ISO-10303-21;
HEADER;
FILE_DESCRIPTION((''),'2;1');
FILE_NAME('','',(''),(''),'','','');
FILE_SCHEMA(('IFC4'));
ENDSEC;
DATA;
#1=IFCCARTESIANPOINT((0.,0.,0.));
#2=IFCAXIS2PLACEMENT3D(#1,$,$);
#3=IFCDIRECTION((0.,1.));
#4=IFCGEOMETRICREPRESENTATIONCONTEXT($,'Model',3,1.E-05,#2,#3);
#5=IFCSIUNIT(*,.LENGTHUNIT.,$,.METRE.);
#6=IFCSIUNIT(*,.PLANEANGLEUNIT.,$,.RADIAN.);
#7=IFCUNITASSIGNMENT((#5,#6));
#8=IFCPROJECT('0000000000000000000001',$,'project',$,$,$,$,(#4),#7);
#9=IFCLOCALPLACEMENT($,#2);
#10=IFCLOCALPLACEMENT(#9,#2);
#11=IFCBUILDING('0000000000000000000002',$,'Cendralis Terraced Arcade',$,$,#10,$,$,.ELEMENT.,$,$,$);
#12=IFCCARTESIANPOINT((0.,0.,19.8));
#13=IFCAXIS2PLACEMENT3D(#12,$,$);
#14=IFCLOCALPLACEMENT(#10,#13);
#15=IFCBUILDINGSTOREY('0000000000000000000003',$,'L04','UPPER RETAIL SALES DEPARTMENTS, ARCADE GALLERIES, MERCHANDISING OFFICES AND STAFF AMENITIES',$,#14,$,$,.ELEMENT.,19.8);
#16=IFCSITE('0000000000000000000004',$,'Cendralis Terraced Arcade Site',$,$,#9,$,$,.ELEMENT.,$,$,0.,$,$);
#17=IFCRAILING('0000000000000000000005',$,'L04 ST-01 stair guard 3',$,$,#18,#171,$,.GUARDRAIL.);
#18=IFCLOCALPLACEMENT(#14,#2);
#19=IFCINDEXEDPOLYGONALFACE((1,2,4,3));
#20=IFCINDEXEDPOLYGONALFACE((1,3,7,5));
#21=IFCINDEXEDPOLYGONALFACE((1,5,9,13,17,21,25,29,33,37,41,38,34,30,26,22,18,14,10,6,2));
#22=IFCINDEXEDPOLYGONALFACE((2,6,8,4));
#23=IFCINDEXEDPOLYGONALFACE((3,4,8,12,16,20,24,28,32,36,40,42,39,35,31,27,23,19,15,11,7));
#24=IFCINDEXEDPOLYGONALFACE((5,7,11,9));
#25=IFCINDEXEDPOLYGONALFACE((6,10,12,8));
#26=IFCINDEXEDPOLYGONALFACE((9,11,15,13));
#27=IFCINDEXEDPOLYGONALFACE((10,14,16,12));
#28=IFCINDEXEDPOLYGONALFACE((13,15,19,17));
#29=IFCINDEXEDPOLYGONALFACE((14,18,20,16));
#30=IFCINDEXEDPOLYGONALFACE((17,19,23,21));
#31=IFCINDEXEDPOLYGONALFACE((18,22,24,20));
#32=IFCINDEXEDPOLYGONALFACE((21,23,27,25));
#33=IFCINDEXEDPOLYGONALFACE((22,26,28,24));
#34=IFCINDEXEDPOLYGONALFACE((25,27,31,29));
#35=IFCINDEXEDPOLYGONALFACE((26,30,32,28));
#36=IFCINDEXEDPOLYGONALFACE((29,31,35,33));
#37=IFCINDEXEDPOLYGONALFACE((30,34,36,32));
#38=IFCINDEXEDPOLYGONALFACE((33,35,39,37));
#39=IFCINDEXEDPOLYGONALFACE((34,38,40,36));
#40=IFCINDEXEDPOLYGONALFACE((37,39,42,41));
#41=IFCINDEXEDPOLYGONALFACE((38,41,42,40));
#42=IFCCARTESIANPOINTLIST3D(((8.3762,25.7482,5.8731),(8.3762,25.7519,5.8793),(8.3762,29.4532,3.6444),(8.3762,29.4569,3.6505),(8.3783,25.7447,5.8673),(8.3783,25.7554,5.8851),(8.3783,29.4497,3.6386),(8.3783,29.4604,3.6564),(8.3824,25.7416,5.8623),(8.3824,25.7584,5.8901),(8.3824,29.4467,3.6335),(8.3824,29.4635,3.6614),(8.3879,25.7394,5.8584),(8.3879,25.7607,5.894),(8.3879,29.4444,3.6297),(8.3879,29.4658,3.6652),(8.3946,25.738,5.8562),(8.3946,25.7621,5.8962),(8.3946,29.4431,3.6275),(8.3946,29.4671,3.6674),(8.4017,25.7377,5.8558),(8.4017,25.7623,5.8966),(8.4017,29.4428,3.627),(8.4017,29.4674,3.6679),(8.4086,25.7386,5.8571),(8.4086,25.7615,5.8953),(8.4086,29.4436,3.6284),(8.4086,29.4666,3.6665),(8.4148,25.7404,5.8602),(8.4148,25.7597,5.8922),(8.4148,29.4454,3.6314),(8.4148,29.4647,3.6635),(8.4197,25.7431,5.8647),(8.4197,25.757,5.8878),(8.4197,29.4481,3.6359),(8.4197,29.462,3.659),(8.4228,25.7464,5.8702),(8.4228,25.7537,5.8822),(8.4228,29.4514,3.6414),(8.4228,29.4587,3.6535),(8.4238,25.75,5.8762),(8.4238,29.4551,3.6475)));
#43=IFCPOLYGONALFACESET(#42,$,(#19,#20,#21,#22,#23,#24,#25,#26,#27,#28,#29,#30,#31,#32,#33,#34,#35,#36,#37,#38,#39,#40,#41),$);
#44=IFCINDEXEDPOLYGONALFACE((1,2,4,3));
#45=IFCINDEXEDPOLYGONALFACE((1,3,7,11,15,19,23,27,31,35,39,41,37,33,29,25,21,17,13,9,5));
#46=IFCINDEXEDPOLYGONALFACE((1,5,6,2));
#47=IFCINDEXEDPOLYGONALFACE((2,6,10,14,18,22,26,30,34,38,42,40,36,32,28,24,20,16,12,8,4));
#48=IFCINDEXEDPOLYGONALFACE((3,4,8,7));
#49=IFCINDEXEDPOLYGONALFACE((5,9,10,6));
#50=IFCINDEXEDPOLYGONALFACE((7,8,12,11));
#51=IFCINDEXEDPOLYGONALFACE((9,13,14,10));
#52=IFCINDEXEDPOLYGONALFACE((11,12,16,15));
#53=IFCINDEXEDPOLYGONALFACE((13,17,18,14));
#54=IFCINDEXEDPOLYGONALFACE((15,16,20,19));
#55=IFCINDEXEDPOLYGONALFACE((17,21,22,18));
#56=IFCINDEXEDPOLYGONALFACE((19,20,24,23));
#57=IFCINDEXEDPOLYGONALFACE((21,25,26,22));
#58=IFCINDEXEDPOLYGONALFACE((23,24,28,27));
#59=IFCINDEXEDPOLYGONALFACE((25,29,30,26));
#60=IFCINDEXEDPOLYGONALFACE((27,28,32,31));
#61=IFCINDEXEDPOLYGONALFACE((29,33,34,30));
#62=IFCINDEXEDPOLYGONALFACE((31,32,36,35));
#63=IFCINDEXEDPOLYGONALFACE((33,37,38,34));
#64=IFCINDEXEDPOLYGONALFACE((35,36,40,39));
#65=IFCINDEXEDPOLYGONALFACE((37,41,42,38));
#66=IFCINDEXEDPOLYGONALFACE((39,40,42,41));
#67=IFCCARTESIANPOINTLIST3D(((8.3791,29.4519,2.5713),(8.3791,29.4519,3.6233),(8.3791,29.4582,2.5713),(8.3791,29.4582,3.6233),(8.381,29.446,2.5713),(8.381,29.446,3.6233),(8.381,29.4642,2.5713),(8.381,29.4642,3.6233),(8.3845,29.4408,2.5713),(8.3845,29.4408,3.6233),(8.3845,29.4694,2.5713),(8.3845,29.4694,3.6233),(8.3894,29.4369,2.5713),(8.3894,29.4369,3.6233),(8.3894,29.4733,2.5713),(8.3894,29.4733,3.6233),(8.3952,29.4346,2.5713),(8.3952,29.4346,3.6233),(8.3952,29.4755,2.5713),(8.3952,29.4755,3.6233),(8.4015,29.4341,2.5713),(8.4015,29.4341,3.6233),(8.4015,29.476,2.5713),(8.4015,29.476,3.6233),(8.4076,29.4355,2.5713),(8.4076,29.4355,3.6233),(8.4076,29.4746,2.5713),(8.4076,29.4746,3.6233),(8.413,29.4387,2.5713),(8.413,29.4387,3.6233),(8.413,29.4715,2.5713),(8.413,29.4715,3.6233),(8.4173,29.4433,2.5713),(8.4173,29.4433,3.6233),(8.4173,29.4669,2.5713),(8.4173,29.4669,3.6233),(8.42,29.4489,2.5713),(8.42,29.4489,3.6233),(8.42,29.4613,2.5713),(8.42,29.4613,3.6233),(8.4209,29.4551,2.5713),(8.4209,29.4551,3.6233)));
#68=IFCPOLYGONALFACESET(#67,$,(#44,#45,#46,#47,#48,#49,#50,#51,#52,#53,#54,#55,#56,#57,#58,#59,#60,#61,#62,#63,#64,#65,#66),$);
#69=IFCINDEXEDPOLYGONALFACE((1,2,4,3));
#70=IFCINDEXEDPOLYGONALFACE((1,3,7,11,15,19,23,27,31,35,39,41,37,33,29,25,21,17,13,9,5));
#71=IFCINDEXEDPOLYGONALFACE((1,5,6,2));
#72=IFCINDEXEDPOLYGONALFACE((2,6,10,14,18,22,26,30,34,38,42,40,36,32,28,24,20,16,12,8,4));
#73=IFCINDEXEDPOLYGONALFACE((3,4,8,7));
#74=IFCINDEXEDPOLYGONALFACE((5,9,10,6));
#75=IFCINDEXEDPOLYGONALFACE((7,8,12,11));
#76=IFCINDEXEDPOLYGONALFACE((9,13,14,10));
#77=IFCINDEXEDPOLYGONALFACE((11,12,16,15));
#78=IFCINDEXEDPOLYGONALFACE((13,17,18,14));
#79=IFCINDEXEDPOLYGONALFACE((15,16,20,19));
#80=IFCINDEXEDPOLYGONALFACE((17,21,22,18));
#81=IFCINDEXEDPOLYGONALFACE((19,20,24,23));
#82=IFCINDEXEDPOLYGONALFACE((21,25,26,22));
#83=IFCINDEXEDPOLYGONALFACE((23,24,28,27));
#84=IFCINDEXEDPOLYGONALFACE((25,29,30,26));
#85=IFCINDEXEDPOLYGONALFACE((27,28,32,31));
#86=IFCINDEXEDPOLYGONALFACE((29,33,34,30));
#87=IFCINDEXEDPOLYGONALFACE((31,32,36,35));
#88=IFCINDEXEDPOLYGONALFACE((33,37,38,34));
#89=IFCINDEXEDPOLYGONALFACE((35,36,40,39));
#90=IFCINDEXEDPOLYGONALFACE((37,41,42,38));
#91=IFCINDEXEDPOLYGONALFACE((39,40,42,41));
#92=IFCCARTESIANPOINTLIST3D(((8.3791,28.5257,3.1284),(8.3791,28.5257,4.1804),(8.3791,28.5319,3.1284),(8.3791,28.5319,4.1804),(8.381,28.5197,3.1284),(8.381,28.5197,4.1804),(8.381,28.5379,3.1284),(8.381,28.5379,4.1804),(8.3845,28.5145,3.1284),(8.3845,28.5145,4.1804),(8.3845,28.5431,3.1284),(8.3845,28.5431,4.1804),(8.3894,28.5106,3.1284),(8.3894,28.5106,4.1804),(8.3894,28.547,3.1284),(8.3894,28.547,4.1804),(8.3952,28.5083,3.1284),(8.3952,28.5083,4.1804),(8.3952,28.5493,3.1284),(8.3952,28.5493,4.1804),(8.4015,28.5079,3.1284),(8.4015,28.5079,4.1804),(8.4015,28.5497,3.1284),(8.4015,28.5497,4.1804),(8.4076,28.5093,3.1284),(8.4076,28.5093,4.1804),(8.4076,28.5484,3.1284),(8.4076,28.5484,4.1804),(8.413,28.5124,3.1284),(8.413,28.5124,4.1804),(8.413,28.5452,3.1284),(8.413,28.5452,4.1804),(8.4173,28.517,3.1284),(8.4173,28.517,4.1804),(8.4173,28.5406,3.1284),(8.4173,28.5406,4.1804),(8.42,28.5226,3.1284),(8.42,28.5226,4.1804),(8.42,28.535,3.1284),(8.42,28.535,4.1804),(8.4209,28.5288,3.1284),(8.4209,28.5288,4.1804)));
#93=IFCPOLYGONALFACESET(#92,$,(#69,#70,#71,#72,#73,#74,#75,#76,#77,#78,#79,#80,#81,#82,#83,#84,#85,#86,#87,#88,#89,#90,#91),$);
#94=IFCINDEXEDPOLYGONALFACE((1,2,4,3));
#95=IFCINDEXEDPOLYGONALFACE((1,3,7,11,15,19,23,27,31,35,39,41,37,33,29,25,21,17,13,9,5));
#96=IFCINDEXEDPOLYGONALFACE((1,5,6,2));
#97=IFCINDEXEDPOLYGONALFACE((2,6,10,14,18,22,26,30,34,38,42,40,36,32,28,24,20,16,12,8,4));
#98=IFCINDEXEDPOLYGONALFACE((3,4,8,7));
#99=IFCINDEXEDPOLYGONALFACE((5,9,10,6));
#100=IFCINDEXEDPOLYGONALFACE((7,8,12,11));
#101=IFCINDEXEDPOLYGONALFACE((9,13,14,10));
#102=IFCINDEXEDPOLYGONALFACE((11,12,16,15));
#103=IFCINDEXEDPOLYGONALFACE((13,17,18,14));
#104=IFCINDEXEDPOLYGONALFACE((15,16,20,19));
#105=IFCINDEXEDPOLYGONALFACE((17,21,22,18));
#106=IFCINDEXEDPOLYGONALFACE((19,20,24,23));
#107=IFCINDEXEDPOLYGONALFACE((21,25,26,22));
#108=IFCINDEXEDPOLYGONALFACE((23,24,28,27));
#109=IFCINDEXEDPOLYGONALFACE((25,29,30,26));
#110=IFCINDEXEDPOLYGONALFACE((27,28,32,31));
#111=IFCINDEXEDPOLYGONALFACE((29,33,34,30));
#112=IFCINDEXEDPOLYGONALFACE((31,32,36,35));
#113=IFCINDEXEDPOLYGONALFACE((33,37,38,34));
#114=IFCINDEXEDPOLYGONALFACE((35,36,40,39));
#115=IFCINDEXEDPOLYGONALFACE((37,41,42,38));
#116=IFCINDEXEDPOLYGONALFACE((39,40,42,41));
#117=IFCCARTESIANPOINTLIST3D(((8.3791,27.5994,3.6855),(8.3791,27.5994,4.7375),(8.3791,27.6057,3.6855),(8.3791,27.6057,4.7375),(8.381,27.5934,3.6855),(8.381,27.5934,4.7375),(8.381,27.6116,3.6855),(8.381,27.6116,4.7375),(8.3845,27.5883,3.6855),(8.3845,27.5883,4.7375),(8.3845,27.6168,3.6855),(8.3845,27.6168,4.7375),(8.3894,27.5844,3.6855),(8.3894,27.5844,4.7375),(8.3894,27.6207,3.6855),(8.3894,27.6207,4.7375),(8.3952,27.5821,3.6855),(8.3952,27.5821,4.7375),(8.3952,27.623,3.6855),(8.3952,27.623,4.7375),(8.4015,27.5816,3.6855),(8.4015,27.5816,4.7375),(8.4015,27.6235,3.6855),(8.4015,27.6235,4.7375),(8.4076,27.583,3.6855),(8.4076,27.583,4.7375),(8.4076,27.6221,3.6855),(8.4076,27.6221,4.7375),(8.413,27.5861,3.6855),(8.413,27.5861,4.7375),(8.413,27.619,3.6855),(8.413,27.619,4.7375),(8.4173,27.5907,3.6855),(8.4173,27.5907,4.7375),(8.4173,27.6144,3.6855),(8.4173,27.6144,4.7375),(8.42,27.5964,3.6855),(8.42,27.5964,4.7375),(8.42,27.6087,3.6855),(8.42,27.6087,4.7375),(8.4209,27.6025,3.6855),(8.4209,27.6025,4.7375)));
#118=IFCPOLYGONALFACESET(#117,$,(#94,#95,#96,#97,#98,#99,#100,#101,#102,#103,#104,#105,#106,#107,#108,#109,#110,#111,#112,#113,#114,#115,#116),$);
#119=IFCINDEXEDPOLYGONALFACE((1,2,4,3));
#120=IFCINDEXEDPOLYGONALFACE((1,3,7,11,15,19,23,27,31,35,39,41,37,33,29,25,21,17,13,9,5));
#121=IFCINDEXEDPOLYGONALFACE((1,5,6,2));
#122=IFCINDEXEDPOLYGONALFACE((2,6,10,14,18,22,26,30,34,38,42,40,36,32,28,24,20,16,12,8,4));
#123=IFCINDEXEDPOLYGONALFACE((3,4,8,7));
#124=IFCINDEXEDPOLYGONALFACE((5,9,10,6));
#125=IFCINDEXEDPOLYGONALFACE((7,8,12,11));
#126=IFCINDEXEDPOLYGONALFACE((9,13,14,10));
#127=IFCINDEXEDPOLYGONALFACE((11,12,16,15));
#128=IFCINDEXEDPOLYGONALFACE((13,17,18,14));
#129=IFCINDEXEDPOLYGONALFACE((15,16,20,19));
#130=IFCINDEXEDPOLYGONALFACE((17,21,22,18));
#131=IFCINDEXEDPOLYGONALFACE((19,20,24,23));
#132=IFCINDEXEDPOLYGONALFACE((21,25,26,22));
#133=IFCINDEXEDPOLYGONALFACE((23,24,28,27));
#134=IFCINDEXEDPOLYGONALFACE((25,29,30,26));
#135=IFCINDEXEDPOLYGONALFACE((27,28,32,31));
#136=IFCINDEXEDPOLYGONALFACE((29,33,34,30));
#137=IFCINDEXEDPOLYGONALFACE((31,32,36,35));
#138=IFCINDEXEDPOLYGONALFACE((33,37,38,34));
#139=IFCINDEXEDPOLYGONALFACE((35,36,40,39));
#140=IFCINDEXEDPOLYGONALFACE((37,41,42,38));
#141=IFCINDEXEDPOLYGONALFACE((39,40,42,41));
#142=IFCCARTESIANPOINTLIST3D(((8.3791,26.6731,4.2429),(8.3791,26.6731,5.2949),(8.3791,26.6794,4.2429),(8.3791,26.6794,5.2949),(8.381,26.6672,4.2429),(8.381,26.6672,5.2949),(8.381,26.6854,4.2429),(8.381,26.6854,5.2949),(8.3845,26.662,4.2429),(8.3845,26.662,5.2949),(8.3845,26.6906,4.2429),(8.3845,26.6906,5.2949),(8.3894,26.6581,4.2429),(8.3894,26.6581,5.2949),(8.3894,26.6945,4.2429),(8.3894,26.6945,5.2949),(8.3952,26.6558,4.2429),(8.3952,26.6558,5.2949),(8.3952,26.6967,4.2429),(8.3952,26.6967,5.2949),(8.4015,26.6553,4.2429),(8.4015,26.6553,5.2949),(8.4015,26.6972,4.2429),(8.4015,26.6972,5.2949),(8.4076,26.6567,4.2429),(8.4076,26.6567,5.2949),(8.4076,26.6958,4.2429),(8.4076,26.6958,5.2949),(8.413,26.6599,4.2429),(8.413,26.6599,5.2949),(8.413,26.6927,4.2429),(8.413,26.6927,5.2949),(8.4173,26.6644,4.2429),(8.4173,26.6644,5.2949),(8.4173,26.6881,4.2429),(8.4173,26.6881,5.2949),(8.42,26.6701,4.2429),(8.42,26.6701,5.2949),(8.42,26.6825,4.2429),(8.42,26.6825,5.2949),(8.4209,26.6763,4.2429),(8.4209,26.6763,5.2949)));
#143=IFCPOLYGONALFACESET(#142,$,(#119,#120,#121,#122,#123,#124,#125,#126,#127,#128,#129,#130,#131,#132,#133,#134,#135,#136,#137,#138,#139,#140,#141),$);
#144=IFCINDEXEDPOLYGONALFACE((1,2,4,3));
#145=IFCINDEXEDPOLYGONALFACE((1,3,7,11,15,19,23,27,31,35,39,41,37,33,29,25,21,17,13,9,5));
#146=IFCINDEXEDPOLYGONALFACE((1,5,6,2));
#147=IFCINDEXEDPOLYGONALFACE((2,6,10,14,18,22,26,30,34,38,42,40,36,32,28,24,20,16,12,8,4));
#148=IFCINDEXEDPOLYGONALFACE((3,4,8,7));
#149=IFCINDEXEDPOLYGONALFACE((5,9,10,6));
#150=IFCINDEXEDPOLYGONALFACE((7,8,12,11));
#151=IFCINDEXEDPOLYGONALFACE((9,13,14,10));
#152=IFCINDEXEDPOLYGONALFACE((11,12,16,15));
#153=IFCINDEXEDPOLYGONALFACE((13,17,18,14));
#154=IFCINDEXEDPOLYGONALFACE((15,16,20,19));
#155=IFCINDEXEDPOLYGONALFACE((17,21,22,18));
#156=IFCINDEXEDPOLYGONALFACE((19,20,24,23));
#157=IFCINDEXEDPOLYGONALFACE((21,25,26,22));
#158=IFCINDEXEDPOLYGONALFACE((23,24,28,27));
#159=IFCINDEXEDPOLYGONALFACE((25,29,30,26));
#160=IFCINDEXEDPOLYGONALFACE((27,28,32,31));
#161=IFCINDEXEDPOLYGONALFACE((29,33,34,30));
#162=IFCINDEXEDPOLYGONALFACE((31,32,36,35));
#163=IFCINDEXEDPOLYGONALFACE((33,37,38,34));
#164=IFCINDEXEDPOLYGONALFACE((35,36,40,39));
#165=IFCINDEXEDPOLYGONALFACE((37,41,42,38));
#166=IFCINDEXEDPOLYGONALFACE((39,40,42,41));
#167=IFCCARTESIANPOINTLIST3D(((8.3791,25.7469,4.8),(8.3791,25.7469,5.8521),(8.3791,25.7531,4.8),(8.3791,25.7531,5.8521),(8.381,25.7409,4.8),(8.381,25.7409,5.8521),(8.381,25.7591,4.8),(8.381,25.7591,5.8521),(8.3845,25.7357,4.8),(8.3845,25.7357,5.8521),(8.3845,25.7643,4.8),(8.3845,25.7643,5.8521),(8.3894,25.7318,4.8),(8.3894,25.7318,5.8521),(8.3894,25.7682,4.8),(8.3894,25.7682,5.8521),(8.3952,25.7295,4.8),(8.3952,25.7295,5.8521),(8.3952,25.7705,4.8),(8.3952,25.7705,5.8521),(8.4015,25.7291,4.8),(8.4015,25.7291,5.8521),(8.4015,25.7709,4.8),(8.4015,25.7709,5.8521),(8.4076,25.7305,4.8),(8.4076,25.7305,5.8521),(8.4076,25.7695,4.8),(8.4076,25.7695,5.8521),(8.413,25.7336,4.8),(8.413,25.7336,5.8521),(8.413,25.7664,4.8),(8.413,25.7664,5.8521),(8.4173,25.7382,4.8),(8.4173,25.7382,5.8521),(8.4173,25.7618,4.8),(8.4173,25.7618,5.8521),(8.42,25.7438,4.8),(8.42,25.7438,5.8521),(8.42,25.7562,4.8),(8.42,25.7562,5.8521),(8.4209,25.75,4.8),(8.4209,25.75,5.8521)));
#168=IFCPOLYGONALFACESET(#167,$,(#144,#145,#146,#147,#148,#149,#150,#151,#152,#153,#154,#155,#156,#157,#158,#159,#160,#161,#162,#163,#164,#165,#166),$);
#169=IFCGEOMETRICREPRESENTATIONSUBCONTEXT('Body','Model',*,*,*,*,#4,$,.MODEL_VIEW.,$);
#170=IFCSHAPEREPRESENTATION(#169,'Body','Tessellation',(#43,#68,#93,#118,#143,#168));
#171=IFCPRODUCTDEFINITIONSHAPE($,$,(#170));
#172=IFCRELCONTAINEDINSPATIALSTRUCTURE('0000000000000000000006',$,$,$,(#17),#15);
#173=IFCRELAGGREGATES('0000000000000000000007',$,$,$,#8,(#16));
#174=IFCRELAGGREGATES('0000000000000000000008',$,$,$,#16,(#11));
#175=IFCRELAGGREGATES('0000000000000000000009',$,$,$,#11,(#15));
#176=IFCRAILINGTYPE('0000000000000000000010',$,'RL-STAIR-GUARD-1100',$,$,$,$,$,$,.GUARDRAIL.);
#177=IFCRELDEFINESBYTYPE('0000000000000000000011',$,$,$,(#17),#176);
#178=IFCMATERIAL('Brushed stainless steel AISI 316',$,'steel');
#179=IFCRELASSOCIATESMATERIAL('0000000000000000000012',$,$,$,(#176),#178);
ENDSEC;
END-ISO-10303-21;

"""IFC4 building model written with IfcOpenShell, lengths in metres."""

from ifc_helpers import new_model, si_unit, direction, frame, origin, origin_2d, place, context, subcontext, project, spatial, circle, extrude, material, type_object, element, save


model = new_model("IFC4")

# Units and contexts
model_context = context("Model", 3, precision=1e-05, world=origin(), true_north=direction((0.0, 1.0)))
body_context = subcontext(model_context, "Body", "Model", "MODEL_VIEW")
ifc_project = project(units=[si_unit("LENGTHUNIT", "METRE"), si_unit("PLANEANGLEUNIT", "RADIAN")], contexts=[model_context])

# Site, building, storey
site_placement = place(None, origin())
site = spatial("IfcSite", under=ifc_project, at=site_placement, Name="Cendralis Terraced Arcade Site", CompositionType="ELEMENT", RefElevation=0.0)
building_placement = place(site_placement, origin())
building = spatial("IfcBuilding", under=site, at=building_placement, Name="Cendralis Terraced Arcade", CompositionType="ELEMENT")
storey_placement = place(building_placement, frame((0.0, 0.0, 19.8)))
storey = spatial("IfcBuildingStorey", under=building, at=storey_placement, Name="L04", Description="UPPER RETAIL SALES DEPARTMENTS, ARCADE GALLERIES, MERCHANDISING OFFICES AND STAFF AMENITIES", CompositionType="ELEMENT", Elevation=19.8)

# Railing
ifc_material_1 = material(Name="Brushed stainless steel AISI 316", Category="steel")
railing_type_1 = type_object("IfcRailingType", Name="RL-STAIR-GUARD-1100", PredefinedType="GUARDRAIL", material=ifc_material_1)
railing_1_placement = place(storey_placement, frame((8.3999, 29.4551, 2.5713)))
element("IfcRailing", 1, at=railing_1_placement, inside=storey, type_object=railing_type_1, Name="L04 ST-01 stair guard 3", PredefinedType="GUARDRAIL", context=body_context, shape_type="SweptSolid", body=[
    extrude(circle(Radius=0.0239, at=origin_2d()), frame((0.0, 0.0, 1.0762), z_axis=(0.0, -0.856909, 0.515467), x_axis=(1.0, 0.0, 0.0)), (0.0, 0.0, 1.0), 4.3237),
    extrude(circle(Radius=0.021, at=origin_2d()), origin(), (0.0, 0.0, 1.0), 1.052),
    extrude(circle(Radius=0.021, at=origin_2d()), frame((0.0, -0.9263, 0.5571)), (0.0, 0.0, 1.0), 1.052),
    extrude(circle(Radius=0.021, at=origin_2d()), frame((0.0, -1.8525, 1.1143)), (0.0, 0.0, 1.0), 1.052),
    extrude(circle(Radius=0.021, at=origin_2d()), frame((0.0, -2.7788, 1.6716)), (0.0, 0.0, 1.0), 1.052),
    extrude(circle(Radius=0.021, at=origin_2d()), frame((0.0, -3.7051, 2.2288)), (0.0, 0.0, 1.0), 1.052),
])

save(model, "model.ifc")
